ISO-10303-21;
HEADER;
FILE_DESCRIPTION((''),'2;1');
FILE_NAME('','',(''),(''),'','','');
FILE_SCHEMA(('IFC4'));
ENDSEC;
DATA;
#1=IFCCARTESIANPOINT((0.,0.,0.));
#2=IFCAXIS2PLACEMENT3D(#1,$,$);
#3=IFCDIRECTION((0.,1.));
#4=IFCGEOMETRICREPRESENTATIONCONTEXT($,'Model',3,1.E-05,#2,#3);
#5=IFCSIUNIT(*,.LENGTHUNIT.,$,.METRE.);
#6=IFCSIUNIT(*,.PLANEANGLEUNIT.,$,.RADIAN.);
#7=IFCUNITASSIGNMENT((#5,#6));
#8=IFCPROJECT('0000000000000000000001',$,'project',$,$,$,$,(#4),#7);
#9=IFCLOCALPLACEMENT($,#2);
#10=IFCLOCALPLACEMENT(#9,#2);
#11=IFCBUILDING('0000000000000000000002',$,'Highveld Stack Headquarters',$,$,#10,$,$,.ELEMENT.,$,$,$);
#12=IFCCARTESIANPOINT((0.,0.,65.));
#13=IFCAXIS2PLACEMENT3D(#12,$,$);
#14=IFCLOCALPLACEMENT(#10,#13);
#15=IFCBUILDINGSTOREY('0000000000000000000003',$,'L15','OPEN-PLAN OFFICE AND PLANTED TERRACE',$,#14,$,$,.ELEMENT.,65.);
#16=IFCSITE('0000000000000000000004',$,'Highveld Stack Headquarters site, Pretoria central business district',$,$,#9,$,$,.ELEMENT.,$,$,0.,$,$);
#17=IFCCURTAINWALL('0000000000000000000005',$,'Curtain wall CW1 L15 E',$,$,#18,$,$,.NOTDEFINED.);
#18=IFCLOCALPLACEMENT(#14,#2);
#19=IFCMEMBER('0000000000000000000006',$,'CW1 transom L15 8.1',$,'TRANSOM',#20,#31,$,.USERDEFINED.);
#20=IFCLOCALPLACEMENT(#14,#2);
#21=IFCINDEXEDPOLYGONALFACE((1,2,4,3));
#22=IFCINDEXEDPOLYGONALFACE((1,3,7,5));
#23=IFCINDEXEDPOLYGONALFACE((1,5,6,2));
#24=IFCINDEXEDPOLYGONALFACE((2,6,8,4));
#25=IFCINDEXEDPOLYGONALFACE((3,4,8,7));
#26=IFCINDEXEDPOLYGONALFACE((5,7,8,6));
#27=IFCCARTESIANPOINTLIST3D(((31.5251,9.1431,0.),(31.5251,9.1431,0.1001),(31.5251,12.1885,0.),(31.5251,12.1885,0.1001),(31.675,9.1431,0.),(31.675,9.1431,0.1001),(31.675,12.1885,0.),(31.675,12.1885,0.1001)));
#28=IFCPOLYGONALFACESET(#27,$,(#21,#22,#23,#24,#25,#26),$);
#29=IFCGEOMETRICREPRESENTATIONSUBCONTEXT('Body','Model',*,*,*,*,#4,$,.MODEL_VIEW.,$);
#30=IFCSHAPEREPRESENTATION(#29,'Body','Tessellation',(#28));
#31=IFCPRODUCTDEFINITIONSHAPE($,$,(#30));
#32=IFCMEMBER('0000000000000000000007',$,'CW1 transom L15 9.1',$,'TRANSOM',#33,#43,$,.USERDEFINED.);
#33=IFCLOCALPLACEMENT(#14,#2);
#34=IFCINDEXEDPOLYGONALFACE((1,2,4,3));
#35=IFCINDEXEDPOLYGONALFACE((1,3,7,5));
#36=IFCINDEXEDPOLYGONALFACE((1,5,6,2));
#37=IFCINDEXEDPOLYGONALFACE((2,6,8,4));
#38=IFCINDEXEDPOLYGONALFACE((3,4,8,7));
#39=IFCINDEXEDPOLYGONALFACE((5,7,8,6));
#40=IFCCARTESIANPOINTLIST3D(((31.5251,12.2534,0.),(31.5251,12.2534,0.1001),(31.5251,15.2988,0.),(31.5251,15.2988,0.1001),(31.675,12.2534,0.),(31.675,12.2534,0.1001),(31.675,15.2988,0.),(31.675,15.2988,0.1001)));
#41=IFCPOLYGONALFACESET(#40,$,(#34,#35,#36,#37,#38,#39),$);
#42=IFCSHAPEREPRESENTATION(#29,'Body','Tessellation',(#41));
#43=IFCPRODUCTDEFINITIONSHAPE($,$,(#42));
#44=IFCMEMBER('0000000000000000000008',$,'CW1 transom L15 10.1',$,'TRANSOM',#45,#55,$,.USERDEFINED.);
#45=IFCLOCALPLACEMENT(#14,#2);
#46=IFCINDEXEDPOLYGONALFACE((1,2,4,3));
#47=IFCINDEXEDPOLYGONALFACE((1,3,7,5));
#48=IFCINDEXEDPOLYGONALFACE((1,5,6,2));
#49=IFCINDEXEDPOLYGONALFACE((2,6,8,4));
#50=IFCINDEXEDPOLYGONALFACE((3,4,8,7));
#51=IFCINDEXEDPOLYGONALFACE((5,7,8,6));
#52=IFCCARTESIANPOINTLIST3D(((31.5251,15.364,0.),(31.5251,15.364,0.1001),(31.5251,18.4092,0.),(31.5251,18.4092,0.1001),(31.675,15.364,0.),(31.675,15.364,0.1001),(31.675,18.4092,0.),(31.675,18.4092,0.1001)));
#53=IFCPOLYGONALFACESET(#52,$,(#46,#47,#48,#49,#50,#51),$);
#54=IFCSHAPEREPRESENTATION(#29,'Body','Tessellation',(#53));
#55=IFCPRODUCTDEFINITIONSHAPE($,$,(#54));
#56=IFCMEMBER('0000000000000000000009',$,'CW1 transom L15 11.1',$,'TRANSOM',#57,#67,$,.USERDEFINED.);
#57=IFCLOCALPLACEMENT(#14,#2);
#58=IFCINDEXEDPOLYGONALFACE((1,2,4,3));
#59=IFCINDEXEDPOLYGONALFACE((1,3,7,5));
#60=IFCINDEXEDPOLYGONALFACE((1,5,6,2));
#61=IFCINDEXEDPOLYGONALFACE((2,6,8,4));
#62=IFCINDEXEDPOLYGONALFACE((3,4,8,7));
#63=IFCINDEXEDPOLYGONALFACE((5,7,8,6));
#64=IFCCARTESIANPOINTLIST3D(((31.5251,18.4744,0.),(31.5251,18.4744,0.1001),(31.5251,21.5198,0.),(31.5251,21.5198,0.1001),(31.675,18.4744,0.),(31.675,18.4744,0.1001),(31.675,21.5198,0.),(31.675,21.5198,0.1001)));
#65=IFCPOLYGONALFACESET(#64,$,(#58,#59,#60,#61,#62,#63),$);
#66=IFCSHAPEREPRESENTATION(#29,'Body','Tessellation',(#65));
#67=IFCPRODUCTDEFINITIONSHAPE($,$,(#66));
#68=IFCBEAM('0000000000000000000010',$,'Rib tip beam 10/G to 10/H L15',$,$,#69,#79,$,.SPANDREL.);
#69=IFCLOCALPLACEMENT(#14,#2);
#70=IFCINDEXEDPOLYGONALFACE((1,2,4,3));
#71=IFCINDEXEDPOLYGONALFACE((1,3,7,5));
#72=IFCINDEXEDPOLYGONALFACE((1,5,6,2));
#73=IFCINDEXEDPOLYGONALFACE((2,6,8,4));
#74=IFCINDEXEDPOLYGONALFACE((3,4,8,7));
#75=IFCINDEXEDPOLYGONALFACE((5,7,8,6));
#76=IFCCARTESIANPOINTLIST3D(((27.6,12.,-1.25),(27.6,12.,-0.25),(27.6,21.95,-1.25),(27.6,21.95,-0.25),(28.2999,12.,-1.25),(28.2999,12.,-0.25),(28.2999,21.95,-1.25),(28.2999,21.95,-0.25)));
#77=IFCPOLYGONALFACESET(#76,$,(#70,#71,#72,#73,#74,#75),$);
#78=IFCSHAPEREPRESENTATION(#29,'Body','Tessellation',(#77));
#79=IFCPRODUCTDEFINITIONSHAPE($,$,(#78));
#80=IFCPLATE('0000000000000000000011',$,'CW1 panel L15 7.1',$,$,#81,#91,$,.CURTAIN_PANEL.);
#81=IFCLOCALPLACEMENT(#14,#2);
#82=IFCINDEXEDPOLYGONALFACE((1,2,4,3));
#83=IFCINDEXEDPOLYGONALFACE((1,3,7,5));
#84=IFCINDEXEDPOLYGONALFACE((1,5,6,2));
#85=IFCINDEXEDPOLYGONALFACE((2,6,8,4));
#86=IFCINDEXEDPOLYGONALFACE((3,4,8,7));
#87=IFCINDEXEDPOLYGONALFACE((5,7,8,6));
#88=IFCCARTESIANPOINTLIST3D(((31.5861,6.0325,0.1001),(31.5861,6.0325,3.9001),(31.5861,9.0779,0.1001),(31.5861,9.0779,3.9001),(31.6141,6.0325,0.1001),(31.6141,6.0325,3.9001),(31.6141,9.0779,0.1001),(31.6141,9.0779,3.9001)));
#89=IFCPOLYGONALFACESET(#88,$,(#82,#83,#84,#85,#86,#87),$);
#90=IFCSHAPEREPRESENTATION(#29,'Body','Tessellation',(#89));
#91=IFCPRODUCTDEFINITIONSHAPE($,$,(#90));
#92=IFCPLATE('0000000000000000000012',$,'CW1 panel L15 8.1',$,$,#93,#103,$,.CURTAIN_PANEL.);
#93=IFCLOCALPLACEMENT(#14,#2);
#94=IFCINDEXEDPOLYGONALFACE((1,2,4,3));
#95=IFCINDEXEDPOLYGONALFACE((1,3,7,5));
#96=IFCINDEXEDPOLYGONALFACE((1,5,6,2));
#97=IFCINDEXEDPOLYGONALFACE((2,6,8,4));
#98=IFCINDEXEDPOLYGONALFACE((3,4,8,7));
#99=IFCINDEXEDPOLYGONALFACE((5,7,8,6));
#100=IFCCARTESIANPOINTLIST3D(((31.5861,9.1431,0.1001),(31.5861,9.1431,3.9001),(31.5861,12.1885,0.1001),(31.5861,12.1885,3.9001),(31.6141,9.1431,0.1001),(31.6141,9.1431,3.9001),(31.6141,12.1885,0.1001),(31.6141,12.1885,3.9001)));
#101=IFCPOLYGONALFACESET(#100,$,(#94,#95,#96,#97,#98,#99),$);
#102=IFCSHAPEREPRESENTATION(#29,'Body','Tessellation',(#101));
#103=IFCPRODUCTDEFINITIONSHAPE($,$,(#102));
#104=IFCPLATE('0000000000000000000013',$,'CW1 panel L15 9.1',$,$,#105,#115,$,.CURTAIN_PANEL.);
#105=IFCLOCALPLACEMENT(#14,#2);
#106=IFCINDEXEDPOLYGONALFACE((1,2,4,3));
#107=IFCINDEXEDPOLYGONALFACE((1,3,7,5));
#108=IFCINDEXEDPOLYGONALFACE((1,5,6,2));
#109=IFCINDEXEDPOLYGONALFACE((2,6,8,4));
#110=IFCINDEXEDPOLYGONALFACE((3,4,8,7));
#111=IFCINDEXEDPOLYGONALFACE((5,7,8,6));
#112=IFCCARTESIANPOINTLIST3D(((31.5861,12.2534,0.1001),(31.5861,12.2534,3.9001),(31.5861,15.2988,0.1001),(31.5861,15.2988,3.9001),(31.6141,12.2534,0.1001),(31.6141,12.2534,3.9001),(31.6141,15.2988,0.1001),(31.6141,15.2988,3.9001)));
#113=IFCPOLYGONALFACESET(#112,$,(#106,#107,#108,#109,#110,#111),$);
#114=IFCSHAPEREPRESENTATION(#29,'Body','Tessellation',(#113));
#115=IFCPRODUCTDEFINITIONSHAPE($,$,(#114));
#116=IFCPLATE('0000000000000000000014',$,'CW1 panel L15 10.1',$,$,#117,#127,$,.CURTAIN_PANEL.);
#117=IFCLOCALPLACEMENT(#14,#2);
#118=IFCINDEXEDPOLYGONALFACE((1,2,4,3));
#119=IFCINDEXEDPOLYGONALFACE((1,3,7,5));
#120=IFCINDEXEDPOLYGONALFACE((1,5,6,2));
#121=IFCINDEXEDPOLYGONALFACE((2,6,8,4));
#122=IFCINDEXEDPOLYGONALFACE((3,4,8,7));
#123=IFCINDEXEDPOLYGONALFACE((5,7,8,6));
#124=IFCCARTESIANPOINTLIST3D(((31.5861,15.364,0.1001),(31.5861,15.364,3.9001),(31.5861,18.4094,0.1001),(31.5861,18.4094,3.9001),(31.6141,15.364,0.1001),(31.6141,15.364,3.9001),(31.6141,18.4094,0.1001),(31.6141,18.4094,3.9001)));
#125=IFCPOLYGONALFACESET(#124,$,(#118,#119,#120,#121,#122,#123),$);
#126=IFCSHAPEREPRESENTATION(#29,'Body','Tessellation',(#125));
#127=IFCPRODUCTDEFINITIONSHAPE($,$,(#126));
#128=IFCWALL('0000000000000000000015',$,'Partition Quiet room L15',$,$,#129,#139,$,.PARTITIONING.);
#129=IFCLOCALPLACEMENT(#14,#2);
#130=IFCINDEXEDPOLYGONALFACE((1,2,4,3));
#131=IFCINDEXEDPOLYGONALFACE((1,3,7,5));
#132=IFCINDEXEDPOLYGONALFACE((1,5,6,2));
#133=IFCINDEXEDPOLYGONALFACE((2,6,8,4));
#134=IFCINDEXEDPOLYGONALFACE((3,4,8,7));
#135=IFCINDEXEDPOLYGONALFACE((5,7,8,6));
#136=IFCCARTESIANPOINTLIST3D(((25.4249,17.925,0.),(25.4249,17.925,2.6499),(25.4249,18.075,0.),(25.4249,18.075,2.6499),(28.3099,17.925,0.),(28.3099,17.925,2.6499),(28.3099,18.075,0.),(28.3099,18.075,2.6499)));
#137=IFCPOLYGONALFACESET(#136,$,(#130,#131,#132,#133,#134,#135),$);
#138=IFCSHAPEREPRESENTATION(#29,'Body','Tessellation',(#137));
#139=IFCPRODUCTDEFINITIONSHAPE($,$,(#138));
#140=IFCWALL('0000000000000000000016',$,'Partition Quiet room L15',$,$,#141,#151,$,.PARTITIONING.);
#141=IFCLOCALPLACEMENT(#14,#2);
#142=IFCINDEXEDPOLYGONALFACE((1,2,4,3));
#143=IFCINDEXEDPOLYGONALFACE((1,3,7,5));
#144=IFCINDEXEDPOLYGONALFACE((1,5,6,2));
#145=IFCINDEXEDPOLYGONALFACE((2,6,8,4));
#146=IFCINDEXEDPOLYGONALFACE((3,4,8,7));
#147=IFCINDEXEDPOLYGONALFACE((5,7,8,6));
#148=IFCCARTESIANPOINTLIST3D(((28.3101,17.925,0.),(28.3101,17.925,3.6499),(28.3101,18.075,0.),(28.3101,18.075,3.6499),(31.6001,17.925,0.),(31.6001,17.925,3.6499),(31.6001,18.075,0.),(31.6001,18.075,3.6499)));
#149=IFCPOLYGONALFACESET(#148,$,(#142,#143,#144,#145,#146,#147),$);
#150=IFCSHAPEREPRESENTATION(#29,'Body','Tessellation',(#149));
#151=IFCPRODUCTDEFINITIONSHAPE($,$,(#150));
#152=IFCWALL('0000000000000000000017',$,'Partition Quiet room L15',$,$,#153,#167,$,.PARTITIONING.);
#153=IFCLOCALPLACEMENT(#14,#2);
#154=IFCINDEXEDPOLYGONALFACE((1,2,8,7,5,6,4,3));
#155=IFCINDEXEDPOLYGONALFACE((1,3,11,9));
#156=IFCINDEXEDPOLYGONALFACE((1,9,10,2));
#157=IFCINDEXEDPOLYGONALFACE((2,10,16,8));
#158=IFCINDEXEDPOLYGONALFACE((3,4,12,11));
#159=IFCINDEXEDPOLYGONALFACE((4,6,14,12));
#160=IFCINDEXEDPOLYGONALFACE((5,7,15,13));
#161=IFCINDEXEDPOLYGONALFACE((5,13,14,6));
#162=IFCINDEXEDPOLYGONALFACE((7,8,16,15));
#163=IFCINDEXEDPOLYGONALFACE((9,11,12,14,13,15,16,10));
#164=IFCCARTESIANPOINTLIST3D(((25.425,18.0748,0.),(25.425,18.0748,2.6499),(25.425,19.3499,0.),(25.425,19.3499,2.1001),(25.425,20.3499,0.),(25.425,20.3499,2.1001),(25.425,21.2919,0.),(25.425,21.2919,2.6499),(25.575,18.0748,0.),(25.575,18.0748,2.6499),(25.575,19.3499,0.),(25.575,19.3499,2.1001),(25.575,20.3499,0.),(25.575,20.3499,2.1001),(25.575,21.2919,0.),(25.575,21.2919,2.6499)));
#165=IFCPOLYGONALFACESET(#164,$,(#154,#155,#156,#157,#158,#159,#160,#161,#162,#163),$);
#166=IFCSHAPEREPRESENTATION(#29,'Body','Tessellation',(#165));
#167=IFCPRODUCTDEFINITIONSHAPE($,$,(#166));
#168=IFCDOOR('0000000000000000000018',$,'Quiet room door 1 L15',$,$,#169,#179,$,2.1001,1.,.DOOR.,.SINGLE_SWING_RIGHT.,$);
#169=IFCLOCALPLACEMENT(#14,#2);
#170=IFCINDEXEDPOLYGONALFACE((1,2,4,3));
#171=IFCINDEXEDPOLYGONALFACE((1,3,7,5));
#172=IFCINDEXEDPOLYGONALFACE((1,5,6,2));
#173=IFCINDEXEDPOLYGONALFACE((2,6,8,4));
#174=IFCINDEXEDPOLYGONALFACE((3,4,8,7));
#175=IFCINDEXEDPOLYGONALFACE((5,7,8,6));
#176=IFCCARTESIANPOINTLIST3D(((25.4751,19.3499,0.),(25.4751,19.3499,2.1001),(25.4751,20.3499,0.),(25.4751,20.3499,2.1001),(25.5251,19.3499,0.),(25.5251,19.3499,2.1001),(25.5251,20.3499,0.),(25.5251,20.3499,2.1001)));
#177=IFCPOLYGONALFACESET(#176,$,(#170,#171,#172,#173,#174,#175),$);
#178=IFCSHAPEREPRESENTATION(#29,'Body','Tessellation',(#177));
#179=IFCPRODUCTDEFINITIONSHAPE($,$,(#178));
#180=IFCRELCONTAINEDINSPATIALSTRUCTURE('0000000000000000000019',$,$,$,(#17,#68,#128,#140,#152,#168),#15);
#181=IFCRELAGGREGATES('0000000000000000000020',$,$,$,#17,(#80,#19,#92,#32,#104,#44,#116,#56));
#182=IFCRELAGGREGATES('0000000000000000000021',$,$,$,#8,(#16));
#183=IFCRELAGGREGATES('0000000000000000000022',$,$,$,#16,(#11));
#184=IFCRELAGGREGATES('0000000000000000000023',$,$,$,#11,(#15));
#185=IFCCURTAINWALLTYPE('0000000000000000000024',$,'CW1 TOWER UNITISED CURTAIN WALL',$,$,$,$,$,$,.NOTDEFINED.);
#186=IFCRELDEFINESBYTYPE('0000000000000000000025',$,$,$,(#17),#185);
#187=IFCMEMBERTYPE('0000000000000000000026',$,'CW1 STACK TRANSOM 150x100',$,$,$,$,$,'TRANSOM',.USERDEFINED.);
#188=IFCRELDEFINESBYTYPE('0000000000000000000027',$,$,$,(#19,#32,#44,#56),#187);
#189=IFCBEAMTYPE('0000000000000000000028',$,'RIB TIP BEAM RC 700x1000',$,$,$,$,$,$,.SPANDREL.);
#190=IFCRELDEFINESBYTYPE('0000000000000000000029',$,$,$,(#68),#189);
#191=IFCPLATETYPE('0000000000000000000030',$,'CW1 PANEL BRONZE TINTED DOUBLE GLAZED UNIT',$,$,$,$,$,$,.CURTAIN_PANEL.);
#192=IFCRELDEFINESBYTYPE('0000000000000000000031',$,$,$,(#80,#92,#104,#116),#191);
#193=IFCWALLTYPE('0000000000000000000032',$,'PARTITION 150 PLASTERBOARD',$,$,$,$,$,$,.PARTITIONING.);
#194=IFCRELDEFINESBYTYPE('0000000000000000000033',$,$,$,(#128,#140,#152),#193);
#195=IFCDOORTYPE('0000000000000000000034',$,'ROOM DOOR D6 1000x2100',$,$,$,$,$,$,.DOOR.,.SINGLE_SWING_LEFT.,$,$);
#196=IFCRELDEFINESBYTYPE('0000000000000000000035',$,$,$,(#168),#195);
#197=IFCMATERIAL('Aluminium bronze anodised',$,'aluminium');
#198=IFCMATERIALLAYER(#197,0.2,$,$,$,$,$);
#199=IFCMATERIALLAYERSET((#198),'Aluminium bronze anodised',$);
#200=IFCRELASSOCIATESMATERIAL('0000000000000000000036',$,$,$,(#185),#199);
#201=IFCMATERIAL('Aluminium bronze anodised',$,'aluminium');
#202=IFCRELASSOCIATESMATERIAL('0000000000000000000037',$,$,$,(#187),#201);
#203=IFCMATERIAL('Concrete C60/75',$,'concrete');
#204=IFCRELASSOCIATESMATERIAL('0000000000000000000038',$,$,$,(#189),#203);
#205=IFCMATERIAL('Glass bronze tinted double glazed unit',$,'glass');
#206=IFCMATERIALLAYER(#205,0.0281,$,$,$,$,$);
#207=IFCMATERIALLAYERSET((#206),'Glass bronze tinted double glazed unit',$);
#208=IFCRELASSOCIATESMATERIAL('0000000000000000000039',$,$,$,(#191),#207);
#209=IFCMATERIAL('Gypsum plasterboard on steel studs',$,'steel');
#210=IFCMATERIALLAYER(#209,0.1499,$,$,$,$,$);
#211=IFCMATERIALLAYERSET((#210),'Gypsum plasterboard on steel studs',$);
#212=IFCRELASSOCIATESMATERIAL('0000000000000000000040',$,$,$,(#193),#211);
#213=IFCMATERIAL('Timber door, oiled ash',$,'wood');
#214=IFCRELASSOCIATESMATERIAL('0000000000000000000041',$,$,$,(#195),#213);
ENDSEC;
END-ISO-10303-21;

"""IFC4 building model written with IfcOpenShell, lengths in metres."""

from ifc_helpers import new_model, si_unit, direction, frame, frame_2d, origin, origin_2d, place, context, subcontext, project, spatial, rectangle, extrude, material, layer, layer_set, material_profile, profile_set, type_object, element, fill, aggregate, save


model = new_model("IFC4")

# Units and contexts
model_context = context("Model", 3, precision=1e-05, world=origin(), true_north=direction((0.0, 1.0)))
body_context = subcontext(model_context, "Body", "Model", "MODEL_VIEW")
ifc_project = project(units=[si_unit("LENGTHUNIT", "METRE"), si_unit("PLANEANGLEUNIT", "RADIAN")], contexts=[model_context])

# Site, building, storey
site_placement = place(None, origin())
site = spatial("IfcSite", under=ifc_project, at=site_placement, Name="Highveld Stack Headquarters site, Pretoria central business district", CompositionType="ELEMENT", RefElevation=0.0)
building_placement = place(site_placement, origin())
building = spatial("IfcBuilding", under=site, at=building_placement, Name="Highveld Stack Headquarters", CompositionType="ELEMENT")
storey_placement = place(building_placement, frame((0.0, 0.0, 65.0)))
storey = spatial("IfcBuildingStorey", under=building, at=storey_placement, Name="L15", Description="OPEN-PLAN OFFICE AND PLANTED TERRACE", CompositionType="ELEMENT", Elevation=65.0)

# Curtain wall, members
ifc_material_1 = material(Name="Aluminium bronze anodised", Category="aluminium")
ifc_layer_1 = layer(ifc_material_1, 0.2)
ifc_layer_set_1 = layer_set([ifc_layer_1], Name="Aluminium bronze anodised")
curtain_wall_type = type_object("IfcCurtainWallType", Name="CW1 TOWER UNITISED CURTAIN WALL", PredefinedType="NOTDEFINED", material=ifc_layer_set_1)
curtain_wall_placement = place(storey_placement, origin())
curtain_wall = element("IfcCurtainWall", 1, at=curtain_wall_placement, inside=storey, type_object=curtain_wall_type, Name="Curtain wall CW1 L15 E", PredefinedType="NOTDEFINED")
ifc_material_2 = material(Name="Aluminium bronze anodised", Category="aluminium")
ifc_material_profile_1 = material_profile(ifc_material_2, rectangle(XDim=0.1499, YDim=0.1001, at=origin_2d()), Name="CW1 TRANSOM 150x100")
ifc_profile_set_1 = profile_set([ifc_material_profile_1], Name="Aluminium bronze anodised")
member_type_1 = type_object("IfcMemberType", Name="CW1 STACK TRANSOM 150x100", ElementType="TRANSOM", PredefinedType="USERDEFINED", material=ifc_profile_set_1)
member_1_placement = place(storey_placement, frame((31.6001, 9.1431, 0.05), z_axis=(0.0, 1.0, 0.0), x_axis=(-1.0, 0.0, 0.0)))
member_1 = element("IfcMember", 2, at=member_1_placement, type_object=member_type_1, Name="CW1 transom L15 8.1", ObjectType="TRANSOM", PredefinedType="USERDEFINED", context=body_context, shape_type="SweptSolid", body=[
    extrude(rectangle(XDim=0.1499, YDim=0.1001, at=origin_2d()), origin(), (0.0, 0.0, 1.0), 3.0454),
])
member_2_placement = place(storey_placement, frame((31.6001, 12.2534, 0.05), z_axis=(0.0, 1.0, 0.0), x_axis=(-1.0, 0.0, 0.0)))
member_2 = element("IfcMember", 3, at=member_2_placement, type_object=member_type_1, Name="CW1 transom L15 9.1", ObjectType="TRANSOM", PredefinedType="USERDEFINED", context=body_context, shape_type="SweptSolid", body=[
    extrude(rectangle(XDim=0.1499, YDim=0.1001, at=origin_2d()), origin(), (0.0, 0.0, 1.0), 3.0454),
])
member_3_placement = place(storey_placement, frame((31.6001, 15.364, 0.05), z_axis=(0.0, 1.0, 0.0), x_axis=(-1.0, 0.0, 0.0)))
member_3 = element("IfcMember", 4, at=member_3_placement, type_object=member_type_1, Name="CW1 transom L15 10.1", ObjectType="TRANSOM", PredefinedType="USERDEFINED", context=body_context, shape_type="SweptSolid", body=[
    extrude(rectangle(XDim=0.1499, YDim=0.1001, at=origin_2d()), origin(), (0.0, 0.0, 1.0), 3.0452),
])
member_4_placement = place(storey_placement, frame((31.6001, 18.4744, 0.05), z_axis=(0.0, 1.0, 0.0), x_axis=(-1.0, 0.0, 0.0)))
member_4 = element("IfcMember", 5, at=member_4_placement, type_object=member_type_1, Name="CW1 transom L15 11.1", ObjectType="TRANSOM", PredefinedType="USERDEFINED", context=body_context, shape_type="SweptSolid", body=[
    extrude(rectangle(XDim=0.1499, YDim=0.1001, at=origin_2d()), origin(), (0.0, 0.0, 1.0), 3.0454),
])

# Beam
ifc_material_3 = material(Name="Concrete C60/75", Category="concrete")
ifc_material_profile_2 = material_profile(ifc_material_3, rectangle(XDim=0.7, YDim=1.0, at=origin_2d()), Name="RC 700x1000")
ifc_profile_set_2 = profile_set([ifc_material_profile_2], Name="Concrete C60/75")
beam_type_1 = type_object("IfcBeamType", Name="RIB TIP BEAM RC 700x1000", PredefinedType="SPANDREL", material=ifc_profile_set_2)
beam_1_placement = place(storey_placement, frame((27.95, 12.0, -0.75), z_axis=(0.0, 1.0, 0.0), x_axis=(-1.0, 0.0, 0.0)))
element("IfcBeam", 6, at=beam_1_placement, inside=storey, type_object=beam_type_1, Name="Rib tip beam 10/G to 10/H L15", PredefinedType="SPANDREL", context=body_context, shape_type="SweptSolid", body=[
    extrude(rectangle(XDim=0.7, YDim=1.0, at=origin_2d()), origin(), (0.0, 0.0, 1.0), 9.95),
])

# Plates
ifc_material_4 = material(Name="Glass bronze tinted double glazed unit", Category="glass")
ifc_layer_2 = layer(ifc_material_4, 0.0281)
ifc_layer_set_2 = layer_set([ifc_layer_2], Name="Glass bronze tinted double glazed unit")
plate_type = type_object("IfcPlateType", Name="CW1 PANEL BRONZE TINTED DOUBLE GLAZED UNIT", PredefinedType="CURTAIN_PANEL", material=ifc_layer_set_2)
plate_1_placement = place(storey_placement, frame((31.6001, 7.5552, 0.1001), z_axis=(0.0, 0.0, 1.0), x_axis=(0.0, 1.0, 0.0)))
plate_1 = element("IfcPlate", 7, at=plate_1_placement, type_object=plate_type, Name="CW1 panel L15 7.1", PredefinedType="CURTAIN_PANEL", context=body_context, shape_type="SweptSolid", body=[
    extrude(rectangle(XDim=3.0454, YDim=0.0281, at=origin_2d()), origin(), (0.0, 0.0, 1.0), 3.8),
])
plate_2_placement = place(storey_placement, frame((31.6001, 10.6658, 0.1001), z_axis=(0.0, 0.0, 1.0), x_axis=(0.0, 1.0, 0.0)))
plate_2 = element("IfcPlate", 8, at=plate_2_placement, type_object=plate_type, Name="CW1 panel L15 8.1", PredefinedType="CURTAIN_PANEL", context=body_context, shape_type="SweptSolid", body=[
    extrude(rectangle(XDim=3.0454, YDim=0.0281, at=origin_2d()), origin(), (0.0, 0.0, 1.0), 3.8),
])
plate_3_placement = place(storey_placement, frame((31.6001, 13.7761, 0.1001), z_axis=(0.0, 0.0, 1.0), x_axis=(0.0, 1.0, 0.0)))
plate_3 = element("IfcPlate", 9, at=plate_3_placement, type_object=plate_type, Name="CW1 panel L15 9.1", PredefinedType="CURTAIN_PANEL", context=body_context, shape_type="SweptSolid", body=[
    extrude(rectangle(XDim=3.0454, YDim=0.0281, at=origin_2d()), origin(), (0.0, 0.0, 1.0), 3.8),
])
plate_4_placement = place(storey_placement, frame((31.6001, 16.8867, 0.1001), z_axis=(0.0, 0.0, 1.0), x_axis=(0.0, 1.0, 0.0)))
plate_4 = element("IfcPlate", 10, at=plate_4_placement, type_object=plate_type, Name="CW1 panel L15 10.1", PredefinedType="CURTAIN_PANEL", context=body_context, shape_type="SweptSolid", body=[
    extrude(rectangle(XDim=3.0454, YDim=0.0281, at=origin_2d()), origin(), (0.0, 0.0, 1.0), 3.8),
])
aggregate(curtain_wall, [plate_1, member_1, plate_2, member_2, plate_3, member_3, plate_4, member_4])

# Walls
ifc_material_5 = material(Name="Gypsum plasterboard on steel studs", Category="steel")
ifc_layer_3 = layer(ifc_material_5, 0.1499)
ifc_layer_set_3 = layer_set([ifc_layer_3], Name="Gypsum plasterboard on steel studs")
wall_type = type_object("IfcWallType", Name="PARTITION 150 PLASTERBOARD", PredefinedType="PARTITIONING", material=ifc_layer_set_3)
wall_1_placement = place(storey_placement, frame((25.425, 18.0, 0.0), z_axis=(0.0, 0.0, 1.0), x_axis=(1.0, 0.0, 0.0)))
element("IfcWall", 11, at=wall_1_placement, inside=storey, type_object=wall_type, Name="Partition Quiet room L15", PredefinedType="PARTITIONING", context=body_context, shape_type="SweptSolid", body=[
    extrude(rectangle(XDim=2.885, YDim=0.1499, at=frame_2d((1.4424, 0.0))), origin(), (0.0, 0.0, 1.0), 2.6499),
])
wall_2_placement = place(storey_placement, frame((28.3101, 18.0, 0.0), z_axis=(0.0, 0.0, 1.0), x_axis=(1.0, 0.0, 0.0)))
element("IfcWall", 12, at=wall_2_placement, inside=storey, type_object=wall_type, Name="Partition Quiet room L15", PredefinedType="PARTITIONING", context=body_context, shape_type="SweptSolid", body=[
    extrude(rectangle(XDim=3.29, YDim=0.1499, at=frame_2d((1.645, 0.0))), origin(), (0.0, 0.0, 1.0), 3.6499),
])

# Wall, opening, door
wall_3_placement = place(storey_placement, frame((25.5, 18.075, 0.0), z_axis=(0.0, 0.0, 1.0), x_axis=(0.0, 1.0, 0.0)))
wall_3 = element("IfcWall", 13, at=wall_3_placement, inside=storey, type_object=wall_type, Name="Partition Quiet room L15", PredefinedType="PARTITIONING", context=body_context, shape_type="SweptSolid", body=[
    extrude(rectangle(XDim=3.217, YDim=0.1499, at=frame_2d((1.6084, 0.0))), origin(), (0.0, 0.0, 1.0), 2.6499),
])
opening_placement = place(wall_3_placement, frame((1.2749, 0.0, 0.0)))
opening = element("IfcOpeningElement", 14, at=opening_placement, cuts=wall_3, PredefinedType="OPENING", context=body_context, shape_type="SweptSolid", body=[
    extrude(rectangle(XDim=1.0, YDim=2.1001, at=frame_2d((0.5, 1.05))), frame((0.0, 0.085, 0.0), z_axis=(0.0, -1.0, 0.0), x_axis=(1.0, 0.0, 0.0)), (0.0, 0.0, 1.0), 0.1699),
])
ifc_material_6 = material(Name="Timber door, oiled ash", Category="wood")
door_type = type_object("IfcDoorType", Name="ROOM DOOR D6 1000x2100", OperationType="SINGLE_SWING_LEFT", PredefinedType="DOOR", material=ifc_material_6)
door_placement = place(opening_placement, origin())
door = element("IfcDoor", 15, at=door_placement, inside=storey, type_object=door_type, Name="Quiet room door 1 L15", OperationType="SINGLE_SWING_RIGHT", OverallHeight=2.1001, OverallWidth=1.0, PredefinedType="DOOR", context=body_context, shape_type="SweptSolid", body=[
    extrude(rectangle(XDim=1.0, YDim=2.1001, at=frame_2d((0.5, 1.05))), frame((0.0, 0.0249, 0.0), z_axis=(0.0, -1.0, 0.0), x_axis=(1.0, 0.0, 0.0)), (0.0, 0.0, 1.0), 0.05),
])
fill(opening, door)

save(model, "model.ifc")
